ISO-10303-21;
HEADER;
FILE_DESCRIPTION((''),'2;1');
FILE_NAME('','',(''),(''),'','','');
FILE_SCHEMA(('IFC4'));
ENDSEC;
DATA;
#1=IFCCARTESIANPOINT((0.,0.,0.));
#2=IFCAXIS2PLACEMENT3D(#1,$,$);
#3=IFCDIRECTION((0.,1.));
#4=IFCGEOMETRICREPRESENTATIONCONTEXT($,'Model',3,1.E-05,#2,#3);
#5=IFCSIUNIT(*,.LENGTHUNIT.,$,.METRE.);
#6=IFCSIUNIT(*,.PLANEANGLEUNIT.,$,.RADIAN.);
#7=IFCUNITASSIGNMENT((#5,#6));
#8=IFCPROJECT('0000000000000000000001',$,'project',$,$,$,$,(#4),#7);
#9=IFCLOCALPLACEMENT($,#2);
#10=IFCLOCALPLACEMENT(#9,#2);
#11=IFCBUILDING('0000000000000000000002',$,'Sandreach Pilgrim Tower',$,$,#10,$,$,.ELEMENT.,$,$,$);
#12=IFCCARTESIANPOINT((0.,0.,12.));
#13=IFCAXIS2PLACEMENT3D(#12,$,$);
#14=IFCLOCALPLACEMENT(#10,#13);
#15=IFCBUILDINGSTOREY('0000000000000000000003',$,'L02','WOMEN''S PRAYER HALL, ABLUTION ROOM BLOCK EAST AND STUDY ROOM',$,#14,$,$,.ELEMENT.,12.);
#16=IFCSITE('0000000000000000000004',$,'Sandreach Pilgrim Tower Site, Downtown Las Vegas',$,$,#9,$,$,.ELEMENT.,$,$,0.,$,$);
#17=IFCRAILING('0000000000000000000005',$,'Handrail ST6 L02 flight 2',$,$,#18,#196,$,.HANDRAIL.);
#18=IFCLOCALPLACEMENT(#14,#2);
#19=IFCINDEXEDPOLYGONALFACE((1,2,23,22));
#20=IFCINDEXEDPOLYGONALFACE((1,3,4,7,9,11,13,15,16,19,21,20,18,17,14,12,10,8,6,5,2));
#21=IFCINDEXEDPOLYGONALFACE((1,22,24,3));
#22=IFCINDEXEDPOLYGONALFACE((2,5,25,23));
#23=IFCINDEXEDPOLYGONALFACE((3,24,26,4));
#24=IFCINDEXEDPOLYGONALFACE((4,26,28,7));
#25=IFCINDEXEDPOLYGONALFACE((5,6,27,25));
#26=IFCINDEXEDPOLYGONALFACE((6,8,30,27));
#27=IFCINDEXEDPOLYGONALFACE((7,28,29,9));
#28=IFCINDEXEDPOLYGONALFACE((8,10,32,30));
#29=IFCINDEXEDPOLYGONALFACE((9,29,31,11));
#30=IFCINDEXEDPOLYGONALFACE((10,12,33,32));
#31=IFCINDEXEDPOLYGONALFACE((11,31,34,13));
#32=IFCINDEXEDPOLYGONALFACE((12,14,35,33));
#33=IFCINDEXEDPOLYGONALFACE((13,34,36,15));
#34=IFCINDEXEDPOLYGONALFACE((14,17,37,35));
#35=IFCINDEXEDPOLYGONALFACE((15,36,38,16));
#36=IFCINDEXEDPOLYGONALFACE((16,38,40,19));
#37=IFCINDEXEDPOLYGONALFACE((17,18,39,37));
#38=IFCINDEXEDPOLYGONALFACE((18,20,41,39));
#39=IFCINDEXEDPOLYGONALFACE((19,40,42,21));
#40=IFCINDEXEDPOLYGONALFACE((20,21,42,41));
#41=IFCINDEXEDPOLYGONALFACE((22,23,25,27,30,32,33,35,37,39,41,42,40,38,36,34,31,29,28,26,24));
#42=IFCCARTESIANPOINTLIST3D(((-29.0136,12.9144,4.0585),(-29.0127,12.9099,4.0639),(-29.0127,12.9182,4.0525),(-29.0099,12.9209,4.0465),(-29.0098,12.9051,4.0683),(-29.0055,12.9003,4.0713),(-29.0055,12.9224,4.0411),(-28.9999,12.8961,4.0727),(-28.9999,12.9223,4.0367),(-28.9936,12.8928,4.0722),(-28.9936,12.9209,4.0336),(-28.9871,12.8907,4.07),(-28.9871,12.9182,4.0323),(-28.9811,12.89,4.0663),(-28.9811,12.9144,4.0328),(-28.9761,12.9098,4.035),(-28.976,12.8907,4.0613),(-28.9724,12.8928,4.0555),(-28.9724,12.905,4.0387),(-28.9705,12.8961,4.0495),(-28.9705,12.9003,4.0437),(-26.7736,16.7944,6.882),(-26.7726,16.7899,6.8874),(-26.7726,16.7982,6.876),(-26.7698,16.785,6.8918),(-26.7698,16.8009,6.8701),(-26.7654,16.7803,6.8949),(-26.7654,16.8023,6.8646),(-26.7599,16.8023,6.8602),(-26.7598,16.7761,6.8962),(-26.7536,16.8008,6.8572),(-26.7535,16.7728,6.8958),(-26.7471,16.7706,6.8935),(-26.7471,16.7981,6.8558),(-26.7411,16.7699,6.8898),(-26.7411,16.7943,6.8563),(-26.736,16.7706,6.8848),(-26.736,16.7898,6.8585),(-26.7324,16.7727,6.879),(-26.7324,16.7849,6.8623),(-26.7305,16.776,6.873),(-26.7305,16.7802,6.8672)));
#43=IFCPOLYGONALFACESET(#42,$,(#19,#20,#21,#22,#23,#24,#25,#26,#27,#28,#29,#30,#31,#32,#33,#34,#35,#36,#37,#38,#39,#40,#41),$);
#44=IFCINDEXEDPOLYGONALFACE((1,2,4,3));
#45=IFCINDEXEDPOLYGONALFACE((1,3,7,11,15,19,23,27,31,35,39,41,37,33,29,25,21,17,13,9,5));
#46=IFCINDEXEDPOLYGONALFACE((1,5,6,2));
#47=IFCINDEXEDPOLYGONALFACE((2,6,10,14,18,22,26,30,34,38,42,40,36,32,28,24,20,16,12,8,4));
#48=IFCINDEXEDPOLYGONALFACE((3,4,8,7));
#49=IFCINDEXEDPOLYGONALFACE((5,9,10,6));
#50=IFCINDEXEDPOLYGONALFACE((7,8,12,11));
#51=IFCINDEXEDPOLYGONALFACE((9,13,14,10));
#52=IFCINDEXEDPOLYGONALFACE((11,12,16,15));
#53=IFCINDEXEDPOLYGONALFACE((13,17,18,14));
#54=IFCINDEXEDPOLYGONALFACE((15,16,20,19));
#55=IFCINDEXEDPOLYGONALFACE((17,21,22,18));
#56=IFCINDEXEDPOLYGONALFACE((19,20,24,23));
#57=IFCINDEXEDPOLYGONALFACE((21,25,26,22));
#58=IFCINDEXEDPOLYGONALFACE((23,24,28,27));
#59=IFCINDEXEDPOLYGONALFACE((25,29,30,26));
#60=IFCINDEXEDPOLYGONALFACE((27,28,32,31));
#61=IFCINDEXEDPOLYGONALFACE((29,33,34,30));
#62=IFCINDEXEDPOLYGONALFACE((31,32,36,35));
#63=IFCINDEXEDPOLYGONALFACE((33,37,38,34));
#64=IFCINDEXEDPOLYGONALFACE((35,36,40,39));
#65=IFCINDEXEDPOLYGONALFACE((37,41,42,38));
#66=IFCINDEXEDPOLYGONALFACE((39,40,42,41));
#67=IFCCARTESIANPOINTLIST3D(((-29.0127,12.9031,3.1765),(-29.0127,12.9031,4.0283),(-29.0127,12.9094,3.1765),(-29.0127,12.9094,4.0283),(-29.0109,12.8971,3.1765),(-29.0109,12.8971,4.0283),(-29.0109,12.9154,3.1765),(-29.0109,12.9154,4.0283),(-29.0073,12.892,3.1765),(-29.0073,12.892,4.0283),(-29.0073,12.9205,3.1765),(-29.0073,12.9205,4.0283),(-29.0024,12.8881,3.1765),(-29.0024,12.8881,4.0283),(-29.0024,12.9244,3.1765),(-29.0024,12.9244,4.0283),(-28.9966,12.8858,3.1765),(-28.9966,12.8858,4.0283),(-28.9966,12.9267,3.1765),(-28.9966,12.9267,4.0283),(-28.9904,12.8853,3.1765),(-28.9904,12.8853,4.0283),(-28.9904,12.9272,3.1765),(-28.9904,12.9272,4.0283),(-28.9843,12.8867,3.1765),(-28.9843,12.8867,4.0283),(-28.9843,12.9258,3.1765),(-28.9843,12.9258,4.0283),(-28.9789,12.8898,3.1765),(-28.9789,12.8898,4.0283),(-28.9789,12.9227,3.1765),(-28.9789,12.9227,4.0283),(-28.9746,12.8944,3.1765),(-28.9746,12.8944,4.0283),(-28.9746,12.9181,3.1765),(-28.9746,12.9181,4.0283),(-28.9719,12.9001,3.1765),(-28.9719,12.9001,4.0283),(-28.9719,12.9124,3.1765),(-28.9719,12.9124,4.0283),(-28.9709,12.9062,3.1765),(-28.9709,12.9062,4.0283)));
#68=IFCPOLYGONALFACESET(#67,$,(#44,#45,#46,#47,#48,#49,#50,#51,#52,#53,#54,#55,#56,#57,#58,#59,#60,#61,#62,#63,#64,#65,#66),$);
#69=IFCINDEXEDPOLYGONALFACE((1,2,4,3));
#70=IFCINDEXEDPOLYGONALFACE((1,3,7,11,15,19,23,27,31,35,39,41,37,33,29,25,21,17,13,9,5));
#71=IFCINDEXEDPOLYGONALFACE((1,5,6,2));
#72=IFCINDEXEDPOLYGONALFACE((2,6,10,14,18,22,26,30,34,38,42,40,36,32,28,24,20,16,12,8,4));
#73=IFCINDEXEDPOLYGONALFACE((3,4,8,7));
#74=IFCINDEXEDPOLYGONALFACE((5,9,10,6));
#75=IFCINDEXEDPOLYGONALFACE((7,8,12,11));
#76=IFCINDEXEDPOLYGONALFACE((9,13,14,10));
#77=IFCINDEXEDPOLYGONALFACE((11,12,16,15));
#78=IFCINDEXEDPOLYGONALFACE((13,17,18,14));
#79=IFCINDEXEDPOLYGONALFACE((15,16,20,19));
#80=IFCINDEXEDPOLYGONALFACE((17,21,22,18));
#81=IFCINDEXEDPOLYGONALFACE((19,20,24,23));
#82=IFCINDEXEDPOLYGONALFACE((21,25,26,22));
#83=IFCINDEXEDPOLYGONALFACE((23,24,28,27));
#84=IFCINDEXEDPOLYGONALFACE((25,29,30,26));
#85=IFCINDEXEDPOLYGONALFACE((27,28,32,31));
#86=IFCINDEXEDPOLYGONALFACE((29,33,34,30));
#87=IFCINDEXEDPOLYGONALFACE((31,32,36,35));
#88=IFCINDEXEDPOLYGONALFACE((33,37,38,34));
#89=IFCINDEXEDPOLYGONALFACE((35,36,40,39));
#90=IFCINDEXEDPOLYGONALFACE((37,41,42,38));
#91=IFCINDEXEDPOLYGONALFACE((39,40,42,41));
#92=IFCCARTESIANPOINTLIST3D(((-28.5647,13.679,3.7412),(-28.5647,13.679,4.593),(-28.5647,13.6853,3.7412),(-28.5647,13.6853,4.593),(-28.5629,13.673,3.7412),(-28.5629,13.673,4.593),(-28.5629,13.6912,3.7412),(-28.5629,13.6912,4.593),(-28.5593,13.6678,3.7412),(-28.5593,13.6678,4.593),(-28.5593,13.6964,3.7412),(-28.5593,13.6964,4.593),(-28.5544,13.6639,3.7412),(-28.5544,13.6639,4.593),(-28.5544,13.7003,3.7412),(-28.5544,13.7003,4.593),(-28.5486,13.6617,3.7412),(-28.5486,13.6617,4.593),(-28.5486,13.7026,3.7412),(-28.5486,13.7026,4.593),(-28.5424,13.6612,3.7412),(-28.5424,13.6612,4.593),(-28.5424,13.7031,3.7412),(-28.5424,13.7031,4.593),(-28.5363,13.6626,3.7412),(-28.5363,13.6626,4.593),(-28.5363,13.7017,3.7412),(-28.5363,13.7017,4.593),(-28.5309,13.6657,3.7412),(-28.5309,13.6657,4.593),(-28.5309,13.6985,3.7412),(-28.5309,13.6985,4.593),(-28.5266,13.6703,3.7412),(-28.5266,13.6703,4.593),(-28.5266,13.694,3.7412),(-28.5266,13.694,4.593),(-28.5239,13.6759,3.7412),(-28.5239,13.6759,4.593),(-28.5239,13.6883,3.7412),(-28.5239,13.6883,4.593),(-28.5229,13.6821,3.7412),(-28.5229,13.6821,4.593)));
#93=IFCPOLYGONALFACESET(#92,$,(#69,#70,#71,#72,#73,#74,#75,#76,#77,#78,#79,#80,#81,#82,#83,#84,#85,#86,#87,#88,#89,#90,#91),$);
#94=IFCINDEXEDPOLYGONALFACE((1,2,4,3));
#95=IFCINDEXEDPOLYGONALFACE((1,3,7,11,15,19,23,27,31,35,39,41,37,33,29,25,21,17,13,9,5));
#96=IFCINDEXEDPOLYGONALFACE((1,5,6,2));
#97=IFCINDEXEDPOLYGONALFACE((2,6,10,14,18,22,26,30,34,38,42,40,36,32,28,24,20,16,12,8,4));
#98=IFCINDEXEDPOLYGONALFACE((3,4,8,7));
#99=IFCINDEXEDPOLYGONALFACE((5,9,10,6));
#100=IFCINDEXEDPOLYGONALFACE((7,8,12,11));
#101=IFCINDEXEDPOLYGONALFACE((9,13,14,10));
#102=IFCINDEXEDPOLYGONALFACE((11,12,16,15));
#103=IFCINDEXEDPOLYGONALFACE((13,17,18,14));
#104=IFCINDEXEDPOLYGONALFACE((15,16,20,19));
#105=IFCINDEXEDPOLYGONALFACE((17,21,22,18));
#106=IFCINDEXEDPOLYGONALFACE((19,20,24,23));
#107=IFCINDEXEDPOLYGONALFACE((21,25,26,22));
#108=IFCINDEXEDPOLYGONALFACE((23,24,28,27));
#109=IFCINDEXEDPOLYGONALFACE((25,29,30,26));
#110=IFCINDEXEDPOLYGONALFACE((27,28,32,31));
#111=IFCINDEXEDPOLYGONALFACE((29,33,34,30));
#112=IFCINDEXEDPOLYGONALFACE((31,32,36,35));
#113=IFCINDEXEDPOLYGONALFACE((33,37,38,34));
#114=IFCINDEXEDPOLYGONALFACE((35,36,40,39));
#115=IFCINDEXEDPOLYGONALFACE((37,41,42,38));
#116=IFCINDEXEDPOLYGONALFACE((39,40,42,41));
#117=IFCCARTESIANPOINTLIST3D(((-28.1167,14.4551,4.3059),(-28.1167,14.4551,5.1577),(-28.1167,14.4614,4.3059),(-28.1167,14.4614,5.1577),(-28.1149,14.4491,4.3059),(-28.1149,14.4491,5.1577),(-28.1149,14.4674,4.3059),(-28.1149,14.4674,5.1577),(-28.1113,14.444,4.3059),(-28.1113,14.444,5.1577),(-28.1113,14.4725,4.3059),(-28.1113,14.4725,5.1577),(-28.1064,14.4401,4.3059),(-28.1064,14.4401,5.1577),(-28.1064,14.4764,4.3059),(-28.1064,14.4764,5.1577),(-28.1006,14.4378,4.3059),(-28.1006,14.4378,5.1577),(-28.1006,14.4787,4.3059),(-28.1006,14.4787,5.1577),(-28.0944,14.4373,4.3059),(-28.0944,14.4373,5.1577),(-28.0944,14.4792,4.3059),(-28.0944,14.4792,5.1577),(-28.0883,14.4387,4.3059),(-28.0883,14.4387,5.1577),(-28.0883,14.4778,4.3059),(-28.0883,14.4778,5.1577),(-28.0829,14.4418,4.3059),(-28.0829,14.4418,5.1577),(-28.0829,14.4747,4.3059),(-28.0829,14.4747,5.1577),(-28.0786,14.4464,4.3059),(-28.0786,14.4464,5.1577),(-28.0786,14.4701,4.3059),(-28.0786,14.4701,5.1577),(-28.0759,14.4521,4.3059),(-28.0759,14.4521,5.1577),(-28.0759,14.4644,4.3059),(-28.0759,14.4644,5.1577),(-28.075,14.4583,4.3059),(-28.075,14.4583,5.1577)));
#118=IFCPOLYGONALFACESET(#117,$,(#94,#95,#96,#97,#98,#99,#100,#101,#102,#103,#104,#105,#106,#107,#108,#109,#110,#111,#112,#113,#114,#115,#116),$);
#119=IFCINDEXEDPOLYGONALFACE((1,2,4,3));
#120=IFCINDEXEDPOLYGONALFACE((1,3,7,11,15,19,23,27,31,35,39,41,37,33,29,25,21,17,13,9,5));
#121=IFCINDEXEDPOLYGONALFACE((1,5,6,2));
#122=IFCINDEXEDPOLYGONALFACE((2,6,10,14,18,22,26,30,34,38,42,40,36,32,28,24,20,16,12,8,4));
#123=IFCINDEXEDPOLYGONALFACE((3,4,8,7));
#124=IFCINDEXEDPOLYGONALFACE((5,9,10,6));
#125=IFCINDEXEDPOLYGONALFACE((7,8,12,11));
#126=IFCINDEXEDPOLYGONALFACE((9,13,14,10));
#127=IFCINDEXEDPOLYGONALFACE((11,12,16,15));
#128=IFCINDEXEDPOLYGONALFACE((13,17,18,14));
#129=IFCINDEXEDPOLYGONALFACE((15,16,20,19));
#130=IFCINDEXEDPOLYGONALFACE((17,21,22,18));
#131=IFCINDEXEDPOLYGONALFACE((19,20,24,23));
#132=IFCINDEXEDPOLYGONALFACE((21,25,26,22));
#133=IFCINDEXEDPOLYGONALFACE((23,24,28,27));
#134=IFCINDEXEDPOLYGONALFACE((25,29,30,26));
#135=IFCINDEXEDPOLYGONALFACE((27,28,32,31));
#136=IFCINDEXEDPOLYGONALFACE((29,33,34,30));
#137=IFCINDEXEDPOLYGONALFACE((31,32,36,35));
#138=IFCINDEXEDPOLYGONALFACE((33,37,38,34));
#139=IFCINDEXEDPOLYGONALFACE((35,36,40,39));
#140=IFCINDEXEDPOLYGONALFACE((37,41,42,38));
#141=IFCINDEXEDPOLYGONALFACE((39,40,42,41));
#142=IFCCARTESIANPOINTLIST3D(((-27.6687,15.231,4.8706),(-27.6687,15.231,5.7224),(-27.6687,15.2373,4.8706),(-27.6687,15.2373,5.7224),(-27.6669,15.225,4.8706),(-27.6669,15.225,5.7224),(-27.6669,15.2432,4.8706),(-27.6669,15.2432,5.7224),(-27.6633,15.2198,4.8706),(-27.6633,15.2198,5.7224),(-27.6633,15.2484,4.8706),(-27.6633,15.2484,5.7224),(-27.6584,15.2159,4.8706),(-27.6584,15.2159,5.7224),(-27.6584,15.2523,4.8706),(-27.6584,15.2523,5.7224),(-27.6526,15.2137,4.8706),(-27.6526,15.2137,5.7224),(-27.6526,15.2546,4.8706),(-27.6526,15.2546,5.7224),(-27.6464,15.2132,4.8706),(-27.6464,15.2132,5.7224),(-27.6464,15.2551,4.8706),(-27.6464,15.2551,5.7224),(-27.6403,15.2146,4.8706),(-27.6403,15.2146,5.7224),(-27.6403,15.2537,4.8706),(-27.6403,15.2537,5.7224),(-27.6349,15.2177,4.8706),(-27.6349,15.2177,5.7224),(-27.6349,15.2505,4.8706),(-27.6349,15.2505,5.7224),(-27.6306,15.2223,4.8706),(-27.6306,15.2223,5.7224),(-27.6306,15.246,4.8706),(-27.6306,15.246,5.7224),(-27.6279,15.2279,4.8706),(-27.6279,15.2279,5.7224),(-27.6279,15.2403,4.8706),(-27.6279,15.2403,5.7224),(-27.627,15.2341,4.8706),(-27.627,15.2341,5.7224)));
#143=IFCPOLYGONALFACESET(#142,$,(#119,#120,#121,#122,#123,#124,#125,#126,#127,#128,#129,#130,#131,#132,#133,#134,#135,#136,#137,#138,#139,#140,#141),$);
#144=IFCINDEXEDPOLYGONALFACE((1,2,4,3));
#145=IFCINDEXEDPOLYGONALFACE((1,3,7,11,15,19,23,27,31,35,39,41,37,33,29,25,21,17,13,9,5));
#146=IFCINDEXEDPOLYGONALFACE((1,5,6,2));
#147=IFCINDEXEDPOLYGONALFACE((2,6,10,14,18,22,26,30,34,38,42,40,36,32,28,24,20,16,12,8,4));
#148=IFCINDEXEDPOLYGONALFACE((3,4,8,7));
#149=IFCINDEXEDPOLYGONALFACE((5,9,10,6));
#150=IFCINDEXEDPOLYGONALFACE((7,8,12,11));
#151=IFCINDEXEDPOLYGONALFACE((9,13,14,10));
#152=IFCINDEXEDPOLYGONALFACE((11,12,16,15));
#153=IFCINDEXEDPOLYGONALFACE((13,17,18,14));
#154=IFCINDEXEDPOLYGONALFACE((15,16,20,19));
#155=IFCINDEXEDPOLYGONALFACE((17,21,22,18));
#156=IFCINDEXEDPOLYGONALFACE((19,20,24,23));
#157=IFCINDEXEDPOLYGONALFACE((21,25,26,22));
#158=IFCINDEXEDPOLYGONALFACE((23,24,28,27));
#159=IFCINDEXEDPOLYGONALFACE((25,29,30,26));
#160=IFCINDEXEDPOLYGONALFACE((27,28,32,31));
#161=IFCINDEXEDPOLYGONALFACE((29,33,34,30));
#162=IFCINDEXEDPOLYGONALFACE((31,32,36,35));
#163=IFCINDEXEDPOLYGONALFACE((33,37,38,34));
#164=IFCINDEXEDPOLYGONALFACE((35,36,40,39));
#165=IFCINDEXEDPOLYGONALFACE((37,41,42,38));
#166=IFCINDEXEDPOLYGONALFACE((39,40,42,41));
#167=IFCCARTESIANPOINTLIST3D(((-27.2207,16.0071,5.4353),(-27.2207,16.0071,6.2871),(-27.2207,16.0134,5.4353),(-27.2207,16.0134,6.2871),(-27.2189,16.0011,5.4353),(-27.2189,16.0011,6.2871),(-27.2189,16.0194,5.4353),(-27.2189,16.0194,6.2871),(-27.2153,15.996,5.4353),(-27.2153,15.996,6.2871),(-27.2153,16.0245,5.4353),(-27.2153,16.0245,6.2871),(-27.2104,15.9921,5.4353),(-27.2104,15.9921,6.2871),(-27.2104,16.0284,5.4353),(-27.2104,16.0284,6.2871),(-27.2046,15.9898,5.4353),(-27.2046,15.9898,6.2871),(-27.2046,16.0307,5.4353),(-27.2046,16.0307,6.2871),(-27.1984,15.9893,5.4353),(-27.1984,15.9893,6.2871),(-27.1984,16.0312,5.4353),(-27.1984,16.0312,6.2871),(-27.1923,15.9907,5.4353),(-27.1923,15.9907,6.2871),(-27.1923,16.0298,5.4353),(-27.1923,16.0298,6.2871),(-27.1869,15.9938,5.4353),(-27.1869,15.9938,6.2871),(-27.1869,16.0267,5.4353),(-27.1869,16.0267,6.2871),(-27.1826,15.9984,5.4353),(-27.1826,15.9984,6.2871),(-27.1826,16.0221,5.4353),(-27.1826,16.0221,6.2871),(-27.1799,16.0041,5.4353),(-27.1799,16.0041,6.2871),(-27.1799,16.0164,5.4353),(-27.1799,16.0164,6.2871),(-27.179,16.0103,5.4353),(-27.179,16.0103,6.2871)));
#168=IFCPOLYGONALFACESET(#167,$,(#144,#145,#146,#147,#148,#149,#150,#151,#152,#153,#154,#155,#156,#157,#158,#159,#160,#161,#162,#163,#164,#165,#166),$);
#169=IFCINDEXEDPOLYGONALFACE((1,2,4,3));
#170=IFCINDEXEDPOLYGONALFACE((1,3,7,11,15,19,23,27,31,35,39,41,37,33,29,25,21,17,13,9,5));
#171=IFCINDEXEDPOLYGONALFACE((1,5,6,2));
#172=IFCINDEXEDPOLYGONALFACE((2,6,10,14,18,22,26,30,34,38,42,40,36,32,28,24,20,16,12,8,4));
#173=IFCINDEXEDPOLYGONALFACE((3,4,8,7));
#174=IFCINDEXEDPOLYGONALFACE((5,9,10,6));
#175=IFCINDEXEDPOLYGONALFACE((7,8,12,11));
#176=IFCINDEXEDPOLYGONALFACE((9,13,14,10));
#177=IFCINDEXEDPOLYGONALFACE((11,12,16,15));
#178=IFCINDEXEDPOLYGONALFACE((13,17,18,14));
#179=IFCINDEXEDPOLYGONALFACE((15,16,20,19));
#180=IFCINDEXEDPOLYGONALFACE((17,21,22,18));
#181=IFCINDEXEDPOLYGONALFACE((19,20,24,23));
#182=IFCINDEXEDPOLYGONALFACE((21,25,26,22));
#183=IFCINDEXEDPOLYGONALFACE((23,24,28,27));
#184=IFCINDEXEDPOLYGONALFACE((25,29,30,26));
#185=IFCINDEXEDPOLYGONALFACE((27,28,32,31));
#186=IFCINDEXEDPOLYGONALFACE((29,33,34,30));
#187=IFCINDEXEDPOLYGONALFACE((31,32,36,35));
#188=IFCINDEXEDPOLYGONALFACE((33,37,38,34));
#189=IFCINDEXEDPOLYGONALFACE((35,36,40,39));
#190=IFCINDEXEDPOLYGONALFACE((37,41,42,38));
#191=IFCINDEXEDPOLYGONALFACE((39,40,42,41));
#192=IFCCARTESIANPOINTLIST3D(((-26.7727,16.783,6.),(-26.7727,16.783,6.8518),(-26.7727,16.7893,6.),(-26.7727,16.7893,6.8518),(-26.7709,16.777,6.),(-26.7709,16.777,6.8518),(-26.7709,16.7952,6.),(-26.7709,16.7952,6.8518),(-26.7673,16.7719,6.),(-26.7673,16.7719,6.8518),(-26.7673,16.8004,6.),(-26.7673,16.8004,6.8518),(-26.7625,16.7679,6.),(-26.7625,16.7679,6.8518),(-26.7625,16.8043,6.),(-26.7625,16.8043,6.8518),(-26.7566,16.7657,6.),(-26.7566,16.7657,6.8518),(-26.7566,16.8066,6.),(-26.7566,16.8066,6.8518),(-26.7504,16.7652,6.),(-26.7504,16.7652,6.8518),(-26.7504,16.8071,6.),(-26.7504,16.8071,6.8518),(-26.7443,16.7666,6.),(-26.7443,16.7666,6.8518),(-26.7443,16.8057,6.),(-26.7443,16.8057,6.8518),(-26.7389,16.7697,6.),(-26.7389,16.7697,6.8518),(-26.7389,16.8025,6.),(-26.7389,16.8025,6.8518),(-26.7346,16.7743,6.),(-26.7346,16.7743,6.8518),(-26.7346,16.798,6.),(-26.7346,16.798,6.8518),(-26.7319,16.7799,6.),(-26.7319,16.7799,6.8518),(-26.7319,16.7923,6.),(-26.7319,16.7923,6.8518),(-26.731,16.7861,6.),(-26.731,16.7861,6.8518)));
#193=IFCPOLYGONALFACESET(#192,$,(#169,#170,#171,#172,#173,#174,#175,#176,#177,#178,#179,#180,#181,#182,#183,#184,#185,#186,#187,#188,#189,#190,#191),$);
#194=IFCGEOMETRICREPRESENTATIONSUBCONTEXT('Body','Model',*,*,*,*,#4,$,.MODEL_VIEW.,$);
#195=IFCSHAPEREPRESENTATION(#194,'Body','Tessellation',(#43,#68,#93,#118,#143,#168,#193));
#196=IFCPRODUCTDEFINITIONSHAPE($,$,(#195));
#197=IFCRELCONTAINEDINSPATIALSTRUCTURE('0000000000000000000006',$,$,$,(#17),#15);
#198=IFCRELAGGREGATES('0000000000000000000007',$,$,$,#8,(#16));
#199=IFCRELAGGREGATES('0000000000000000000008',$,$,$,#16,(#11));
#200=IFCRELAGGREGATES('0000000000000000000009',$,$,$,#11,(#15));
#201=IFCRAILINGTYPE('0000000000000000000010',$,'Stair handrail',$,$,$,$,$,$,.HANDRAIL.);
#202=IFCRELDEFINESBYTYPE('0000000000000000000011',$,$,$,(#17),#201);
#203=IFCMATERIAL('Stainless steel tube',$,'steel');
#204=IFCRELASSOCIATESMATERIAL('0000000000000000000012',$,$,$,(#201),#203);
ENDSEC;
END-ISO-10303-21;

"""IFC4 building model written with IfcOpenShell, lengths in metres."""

from ifc_helpers import new_model, si_unit, direction, frame, origin, origin_2d, place, context, subcontext, project, spatial, circle, extrude, material, type_object, element, save


model = new_model("IFC4")

# Units and contexts
model_context = context("Model", 3, precision=1e-05, world=origin(), true_north=direction((0.0, 1.0)))
body_context = subcontext(model_context, "Body", "Model", "MODEL_VIEW")
ifc_project = project(units=[si_unit("LENGTHUNIT", "METRE"), si_unit("PLANEANGLEUNIT", "RADIAN")], contexts=[model_context])

# Site, building, storey
site_placement = place(None, origin())
site = spatial("IfcSite", under=ifc_project, at=site_placement, Name="Sandreach Pilgrim Tower Site, Downtown Las Vegas", CompositionType="ELEMENT", RefElevation=0.0)
building_placement = place(site_placement, origin())
building = spatial("IfcBuilding", under=site, at=building_placement, Name="Sandreach Pilgrim Tower", CompositionType="ELEMENT")
storey_placement = place(building_placement, frame((0.0, 0.0, 12.0)))
storey = spatial("IfcBuildingStorey", under=building, at=storey_placement, Name="L02", Description="WOMEN'S PRAYER HALL, ABLUTION ROOM BLOCK EAST AND STUDY ROOM", CompositionType="ELEMENT", Elevation=12.0)

# Railing
ifc_material_1 = material(Name="Stainless steel tube", Category="steel")
railing_type = type_object("IfcRailingType", Name="Stair handrail", PredefinedType="HANDRAIL", material=ifc_material_1)
railing_placement = place(storey_placement, frame((-28.9919, 12.9062, 3.1765)))
element("IfcRailing", 1, at=railing_placement, inside=storey, type_object=railing_type, Name="Handrail ST6 L02 flight 2", PredefinedType="HANDRAIL", context=body_context, shape_type="SweptSolid", body=[
    extrude(circle(Radius=0.0239, at=origin_2d()), frame((0.0, 0.0, 0.876), z_axis=(0.422993, 0.732665, 0.533178), x_axis=(-0.866031, 0.49999, 0.0)), (0.0, 0.0, 1.0), 5.2957),
    extrude(circle(Radius=0.021, at=origin_2d()), origin(), (0.0, 0.0, 1.0), 0.8518),
    extrude(circle(Radius=0.021, at=origin_2d()), frame((0.448, 0.7759, 0.5647)), (0.0, 0.0, 1.0), 0.8518),
    extrude(circle(Radius=0.021, at=origin_2d()), frame((0.896, 1.552, 1.1294)), (0.0, 0.0, 1.0), 0.8518),
    extrude(circle(Radius=0.021, at=origin_2d()), frame((1.344, 2.3279, 1.6941)), (0.0, 0.0, 1.0), 0.8518),
    extrude(circle(Radius=0.021, at=origin_2d()), frame((1.792, 3.104, 2.2588)), (0.0, 0.0, 1.0), 0.8518),
    extrude(circle(Radius=0.021, at=origin_2d()), frame((2.24, 3.8799, 2.8235)), (0.0, 0.0, 1.0), 0.8518),
])

save(model, "model.ifc")
